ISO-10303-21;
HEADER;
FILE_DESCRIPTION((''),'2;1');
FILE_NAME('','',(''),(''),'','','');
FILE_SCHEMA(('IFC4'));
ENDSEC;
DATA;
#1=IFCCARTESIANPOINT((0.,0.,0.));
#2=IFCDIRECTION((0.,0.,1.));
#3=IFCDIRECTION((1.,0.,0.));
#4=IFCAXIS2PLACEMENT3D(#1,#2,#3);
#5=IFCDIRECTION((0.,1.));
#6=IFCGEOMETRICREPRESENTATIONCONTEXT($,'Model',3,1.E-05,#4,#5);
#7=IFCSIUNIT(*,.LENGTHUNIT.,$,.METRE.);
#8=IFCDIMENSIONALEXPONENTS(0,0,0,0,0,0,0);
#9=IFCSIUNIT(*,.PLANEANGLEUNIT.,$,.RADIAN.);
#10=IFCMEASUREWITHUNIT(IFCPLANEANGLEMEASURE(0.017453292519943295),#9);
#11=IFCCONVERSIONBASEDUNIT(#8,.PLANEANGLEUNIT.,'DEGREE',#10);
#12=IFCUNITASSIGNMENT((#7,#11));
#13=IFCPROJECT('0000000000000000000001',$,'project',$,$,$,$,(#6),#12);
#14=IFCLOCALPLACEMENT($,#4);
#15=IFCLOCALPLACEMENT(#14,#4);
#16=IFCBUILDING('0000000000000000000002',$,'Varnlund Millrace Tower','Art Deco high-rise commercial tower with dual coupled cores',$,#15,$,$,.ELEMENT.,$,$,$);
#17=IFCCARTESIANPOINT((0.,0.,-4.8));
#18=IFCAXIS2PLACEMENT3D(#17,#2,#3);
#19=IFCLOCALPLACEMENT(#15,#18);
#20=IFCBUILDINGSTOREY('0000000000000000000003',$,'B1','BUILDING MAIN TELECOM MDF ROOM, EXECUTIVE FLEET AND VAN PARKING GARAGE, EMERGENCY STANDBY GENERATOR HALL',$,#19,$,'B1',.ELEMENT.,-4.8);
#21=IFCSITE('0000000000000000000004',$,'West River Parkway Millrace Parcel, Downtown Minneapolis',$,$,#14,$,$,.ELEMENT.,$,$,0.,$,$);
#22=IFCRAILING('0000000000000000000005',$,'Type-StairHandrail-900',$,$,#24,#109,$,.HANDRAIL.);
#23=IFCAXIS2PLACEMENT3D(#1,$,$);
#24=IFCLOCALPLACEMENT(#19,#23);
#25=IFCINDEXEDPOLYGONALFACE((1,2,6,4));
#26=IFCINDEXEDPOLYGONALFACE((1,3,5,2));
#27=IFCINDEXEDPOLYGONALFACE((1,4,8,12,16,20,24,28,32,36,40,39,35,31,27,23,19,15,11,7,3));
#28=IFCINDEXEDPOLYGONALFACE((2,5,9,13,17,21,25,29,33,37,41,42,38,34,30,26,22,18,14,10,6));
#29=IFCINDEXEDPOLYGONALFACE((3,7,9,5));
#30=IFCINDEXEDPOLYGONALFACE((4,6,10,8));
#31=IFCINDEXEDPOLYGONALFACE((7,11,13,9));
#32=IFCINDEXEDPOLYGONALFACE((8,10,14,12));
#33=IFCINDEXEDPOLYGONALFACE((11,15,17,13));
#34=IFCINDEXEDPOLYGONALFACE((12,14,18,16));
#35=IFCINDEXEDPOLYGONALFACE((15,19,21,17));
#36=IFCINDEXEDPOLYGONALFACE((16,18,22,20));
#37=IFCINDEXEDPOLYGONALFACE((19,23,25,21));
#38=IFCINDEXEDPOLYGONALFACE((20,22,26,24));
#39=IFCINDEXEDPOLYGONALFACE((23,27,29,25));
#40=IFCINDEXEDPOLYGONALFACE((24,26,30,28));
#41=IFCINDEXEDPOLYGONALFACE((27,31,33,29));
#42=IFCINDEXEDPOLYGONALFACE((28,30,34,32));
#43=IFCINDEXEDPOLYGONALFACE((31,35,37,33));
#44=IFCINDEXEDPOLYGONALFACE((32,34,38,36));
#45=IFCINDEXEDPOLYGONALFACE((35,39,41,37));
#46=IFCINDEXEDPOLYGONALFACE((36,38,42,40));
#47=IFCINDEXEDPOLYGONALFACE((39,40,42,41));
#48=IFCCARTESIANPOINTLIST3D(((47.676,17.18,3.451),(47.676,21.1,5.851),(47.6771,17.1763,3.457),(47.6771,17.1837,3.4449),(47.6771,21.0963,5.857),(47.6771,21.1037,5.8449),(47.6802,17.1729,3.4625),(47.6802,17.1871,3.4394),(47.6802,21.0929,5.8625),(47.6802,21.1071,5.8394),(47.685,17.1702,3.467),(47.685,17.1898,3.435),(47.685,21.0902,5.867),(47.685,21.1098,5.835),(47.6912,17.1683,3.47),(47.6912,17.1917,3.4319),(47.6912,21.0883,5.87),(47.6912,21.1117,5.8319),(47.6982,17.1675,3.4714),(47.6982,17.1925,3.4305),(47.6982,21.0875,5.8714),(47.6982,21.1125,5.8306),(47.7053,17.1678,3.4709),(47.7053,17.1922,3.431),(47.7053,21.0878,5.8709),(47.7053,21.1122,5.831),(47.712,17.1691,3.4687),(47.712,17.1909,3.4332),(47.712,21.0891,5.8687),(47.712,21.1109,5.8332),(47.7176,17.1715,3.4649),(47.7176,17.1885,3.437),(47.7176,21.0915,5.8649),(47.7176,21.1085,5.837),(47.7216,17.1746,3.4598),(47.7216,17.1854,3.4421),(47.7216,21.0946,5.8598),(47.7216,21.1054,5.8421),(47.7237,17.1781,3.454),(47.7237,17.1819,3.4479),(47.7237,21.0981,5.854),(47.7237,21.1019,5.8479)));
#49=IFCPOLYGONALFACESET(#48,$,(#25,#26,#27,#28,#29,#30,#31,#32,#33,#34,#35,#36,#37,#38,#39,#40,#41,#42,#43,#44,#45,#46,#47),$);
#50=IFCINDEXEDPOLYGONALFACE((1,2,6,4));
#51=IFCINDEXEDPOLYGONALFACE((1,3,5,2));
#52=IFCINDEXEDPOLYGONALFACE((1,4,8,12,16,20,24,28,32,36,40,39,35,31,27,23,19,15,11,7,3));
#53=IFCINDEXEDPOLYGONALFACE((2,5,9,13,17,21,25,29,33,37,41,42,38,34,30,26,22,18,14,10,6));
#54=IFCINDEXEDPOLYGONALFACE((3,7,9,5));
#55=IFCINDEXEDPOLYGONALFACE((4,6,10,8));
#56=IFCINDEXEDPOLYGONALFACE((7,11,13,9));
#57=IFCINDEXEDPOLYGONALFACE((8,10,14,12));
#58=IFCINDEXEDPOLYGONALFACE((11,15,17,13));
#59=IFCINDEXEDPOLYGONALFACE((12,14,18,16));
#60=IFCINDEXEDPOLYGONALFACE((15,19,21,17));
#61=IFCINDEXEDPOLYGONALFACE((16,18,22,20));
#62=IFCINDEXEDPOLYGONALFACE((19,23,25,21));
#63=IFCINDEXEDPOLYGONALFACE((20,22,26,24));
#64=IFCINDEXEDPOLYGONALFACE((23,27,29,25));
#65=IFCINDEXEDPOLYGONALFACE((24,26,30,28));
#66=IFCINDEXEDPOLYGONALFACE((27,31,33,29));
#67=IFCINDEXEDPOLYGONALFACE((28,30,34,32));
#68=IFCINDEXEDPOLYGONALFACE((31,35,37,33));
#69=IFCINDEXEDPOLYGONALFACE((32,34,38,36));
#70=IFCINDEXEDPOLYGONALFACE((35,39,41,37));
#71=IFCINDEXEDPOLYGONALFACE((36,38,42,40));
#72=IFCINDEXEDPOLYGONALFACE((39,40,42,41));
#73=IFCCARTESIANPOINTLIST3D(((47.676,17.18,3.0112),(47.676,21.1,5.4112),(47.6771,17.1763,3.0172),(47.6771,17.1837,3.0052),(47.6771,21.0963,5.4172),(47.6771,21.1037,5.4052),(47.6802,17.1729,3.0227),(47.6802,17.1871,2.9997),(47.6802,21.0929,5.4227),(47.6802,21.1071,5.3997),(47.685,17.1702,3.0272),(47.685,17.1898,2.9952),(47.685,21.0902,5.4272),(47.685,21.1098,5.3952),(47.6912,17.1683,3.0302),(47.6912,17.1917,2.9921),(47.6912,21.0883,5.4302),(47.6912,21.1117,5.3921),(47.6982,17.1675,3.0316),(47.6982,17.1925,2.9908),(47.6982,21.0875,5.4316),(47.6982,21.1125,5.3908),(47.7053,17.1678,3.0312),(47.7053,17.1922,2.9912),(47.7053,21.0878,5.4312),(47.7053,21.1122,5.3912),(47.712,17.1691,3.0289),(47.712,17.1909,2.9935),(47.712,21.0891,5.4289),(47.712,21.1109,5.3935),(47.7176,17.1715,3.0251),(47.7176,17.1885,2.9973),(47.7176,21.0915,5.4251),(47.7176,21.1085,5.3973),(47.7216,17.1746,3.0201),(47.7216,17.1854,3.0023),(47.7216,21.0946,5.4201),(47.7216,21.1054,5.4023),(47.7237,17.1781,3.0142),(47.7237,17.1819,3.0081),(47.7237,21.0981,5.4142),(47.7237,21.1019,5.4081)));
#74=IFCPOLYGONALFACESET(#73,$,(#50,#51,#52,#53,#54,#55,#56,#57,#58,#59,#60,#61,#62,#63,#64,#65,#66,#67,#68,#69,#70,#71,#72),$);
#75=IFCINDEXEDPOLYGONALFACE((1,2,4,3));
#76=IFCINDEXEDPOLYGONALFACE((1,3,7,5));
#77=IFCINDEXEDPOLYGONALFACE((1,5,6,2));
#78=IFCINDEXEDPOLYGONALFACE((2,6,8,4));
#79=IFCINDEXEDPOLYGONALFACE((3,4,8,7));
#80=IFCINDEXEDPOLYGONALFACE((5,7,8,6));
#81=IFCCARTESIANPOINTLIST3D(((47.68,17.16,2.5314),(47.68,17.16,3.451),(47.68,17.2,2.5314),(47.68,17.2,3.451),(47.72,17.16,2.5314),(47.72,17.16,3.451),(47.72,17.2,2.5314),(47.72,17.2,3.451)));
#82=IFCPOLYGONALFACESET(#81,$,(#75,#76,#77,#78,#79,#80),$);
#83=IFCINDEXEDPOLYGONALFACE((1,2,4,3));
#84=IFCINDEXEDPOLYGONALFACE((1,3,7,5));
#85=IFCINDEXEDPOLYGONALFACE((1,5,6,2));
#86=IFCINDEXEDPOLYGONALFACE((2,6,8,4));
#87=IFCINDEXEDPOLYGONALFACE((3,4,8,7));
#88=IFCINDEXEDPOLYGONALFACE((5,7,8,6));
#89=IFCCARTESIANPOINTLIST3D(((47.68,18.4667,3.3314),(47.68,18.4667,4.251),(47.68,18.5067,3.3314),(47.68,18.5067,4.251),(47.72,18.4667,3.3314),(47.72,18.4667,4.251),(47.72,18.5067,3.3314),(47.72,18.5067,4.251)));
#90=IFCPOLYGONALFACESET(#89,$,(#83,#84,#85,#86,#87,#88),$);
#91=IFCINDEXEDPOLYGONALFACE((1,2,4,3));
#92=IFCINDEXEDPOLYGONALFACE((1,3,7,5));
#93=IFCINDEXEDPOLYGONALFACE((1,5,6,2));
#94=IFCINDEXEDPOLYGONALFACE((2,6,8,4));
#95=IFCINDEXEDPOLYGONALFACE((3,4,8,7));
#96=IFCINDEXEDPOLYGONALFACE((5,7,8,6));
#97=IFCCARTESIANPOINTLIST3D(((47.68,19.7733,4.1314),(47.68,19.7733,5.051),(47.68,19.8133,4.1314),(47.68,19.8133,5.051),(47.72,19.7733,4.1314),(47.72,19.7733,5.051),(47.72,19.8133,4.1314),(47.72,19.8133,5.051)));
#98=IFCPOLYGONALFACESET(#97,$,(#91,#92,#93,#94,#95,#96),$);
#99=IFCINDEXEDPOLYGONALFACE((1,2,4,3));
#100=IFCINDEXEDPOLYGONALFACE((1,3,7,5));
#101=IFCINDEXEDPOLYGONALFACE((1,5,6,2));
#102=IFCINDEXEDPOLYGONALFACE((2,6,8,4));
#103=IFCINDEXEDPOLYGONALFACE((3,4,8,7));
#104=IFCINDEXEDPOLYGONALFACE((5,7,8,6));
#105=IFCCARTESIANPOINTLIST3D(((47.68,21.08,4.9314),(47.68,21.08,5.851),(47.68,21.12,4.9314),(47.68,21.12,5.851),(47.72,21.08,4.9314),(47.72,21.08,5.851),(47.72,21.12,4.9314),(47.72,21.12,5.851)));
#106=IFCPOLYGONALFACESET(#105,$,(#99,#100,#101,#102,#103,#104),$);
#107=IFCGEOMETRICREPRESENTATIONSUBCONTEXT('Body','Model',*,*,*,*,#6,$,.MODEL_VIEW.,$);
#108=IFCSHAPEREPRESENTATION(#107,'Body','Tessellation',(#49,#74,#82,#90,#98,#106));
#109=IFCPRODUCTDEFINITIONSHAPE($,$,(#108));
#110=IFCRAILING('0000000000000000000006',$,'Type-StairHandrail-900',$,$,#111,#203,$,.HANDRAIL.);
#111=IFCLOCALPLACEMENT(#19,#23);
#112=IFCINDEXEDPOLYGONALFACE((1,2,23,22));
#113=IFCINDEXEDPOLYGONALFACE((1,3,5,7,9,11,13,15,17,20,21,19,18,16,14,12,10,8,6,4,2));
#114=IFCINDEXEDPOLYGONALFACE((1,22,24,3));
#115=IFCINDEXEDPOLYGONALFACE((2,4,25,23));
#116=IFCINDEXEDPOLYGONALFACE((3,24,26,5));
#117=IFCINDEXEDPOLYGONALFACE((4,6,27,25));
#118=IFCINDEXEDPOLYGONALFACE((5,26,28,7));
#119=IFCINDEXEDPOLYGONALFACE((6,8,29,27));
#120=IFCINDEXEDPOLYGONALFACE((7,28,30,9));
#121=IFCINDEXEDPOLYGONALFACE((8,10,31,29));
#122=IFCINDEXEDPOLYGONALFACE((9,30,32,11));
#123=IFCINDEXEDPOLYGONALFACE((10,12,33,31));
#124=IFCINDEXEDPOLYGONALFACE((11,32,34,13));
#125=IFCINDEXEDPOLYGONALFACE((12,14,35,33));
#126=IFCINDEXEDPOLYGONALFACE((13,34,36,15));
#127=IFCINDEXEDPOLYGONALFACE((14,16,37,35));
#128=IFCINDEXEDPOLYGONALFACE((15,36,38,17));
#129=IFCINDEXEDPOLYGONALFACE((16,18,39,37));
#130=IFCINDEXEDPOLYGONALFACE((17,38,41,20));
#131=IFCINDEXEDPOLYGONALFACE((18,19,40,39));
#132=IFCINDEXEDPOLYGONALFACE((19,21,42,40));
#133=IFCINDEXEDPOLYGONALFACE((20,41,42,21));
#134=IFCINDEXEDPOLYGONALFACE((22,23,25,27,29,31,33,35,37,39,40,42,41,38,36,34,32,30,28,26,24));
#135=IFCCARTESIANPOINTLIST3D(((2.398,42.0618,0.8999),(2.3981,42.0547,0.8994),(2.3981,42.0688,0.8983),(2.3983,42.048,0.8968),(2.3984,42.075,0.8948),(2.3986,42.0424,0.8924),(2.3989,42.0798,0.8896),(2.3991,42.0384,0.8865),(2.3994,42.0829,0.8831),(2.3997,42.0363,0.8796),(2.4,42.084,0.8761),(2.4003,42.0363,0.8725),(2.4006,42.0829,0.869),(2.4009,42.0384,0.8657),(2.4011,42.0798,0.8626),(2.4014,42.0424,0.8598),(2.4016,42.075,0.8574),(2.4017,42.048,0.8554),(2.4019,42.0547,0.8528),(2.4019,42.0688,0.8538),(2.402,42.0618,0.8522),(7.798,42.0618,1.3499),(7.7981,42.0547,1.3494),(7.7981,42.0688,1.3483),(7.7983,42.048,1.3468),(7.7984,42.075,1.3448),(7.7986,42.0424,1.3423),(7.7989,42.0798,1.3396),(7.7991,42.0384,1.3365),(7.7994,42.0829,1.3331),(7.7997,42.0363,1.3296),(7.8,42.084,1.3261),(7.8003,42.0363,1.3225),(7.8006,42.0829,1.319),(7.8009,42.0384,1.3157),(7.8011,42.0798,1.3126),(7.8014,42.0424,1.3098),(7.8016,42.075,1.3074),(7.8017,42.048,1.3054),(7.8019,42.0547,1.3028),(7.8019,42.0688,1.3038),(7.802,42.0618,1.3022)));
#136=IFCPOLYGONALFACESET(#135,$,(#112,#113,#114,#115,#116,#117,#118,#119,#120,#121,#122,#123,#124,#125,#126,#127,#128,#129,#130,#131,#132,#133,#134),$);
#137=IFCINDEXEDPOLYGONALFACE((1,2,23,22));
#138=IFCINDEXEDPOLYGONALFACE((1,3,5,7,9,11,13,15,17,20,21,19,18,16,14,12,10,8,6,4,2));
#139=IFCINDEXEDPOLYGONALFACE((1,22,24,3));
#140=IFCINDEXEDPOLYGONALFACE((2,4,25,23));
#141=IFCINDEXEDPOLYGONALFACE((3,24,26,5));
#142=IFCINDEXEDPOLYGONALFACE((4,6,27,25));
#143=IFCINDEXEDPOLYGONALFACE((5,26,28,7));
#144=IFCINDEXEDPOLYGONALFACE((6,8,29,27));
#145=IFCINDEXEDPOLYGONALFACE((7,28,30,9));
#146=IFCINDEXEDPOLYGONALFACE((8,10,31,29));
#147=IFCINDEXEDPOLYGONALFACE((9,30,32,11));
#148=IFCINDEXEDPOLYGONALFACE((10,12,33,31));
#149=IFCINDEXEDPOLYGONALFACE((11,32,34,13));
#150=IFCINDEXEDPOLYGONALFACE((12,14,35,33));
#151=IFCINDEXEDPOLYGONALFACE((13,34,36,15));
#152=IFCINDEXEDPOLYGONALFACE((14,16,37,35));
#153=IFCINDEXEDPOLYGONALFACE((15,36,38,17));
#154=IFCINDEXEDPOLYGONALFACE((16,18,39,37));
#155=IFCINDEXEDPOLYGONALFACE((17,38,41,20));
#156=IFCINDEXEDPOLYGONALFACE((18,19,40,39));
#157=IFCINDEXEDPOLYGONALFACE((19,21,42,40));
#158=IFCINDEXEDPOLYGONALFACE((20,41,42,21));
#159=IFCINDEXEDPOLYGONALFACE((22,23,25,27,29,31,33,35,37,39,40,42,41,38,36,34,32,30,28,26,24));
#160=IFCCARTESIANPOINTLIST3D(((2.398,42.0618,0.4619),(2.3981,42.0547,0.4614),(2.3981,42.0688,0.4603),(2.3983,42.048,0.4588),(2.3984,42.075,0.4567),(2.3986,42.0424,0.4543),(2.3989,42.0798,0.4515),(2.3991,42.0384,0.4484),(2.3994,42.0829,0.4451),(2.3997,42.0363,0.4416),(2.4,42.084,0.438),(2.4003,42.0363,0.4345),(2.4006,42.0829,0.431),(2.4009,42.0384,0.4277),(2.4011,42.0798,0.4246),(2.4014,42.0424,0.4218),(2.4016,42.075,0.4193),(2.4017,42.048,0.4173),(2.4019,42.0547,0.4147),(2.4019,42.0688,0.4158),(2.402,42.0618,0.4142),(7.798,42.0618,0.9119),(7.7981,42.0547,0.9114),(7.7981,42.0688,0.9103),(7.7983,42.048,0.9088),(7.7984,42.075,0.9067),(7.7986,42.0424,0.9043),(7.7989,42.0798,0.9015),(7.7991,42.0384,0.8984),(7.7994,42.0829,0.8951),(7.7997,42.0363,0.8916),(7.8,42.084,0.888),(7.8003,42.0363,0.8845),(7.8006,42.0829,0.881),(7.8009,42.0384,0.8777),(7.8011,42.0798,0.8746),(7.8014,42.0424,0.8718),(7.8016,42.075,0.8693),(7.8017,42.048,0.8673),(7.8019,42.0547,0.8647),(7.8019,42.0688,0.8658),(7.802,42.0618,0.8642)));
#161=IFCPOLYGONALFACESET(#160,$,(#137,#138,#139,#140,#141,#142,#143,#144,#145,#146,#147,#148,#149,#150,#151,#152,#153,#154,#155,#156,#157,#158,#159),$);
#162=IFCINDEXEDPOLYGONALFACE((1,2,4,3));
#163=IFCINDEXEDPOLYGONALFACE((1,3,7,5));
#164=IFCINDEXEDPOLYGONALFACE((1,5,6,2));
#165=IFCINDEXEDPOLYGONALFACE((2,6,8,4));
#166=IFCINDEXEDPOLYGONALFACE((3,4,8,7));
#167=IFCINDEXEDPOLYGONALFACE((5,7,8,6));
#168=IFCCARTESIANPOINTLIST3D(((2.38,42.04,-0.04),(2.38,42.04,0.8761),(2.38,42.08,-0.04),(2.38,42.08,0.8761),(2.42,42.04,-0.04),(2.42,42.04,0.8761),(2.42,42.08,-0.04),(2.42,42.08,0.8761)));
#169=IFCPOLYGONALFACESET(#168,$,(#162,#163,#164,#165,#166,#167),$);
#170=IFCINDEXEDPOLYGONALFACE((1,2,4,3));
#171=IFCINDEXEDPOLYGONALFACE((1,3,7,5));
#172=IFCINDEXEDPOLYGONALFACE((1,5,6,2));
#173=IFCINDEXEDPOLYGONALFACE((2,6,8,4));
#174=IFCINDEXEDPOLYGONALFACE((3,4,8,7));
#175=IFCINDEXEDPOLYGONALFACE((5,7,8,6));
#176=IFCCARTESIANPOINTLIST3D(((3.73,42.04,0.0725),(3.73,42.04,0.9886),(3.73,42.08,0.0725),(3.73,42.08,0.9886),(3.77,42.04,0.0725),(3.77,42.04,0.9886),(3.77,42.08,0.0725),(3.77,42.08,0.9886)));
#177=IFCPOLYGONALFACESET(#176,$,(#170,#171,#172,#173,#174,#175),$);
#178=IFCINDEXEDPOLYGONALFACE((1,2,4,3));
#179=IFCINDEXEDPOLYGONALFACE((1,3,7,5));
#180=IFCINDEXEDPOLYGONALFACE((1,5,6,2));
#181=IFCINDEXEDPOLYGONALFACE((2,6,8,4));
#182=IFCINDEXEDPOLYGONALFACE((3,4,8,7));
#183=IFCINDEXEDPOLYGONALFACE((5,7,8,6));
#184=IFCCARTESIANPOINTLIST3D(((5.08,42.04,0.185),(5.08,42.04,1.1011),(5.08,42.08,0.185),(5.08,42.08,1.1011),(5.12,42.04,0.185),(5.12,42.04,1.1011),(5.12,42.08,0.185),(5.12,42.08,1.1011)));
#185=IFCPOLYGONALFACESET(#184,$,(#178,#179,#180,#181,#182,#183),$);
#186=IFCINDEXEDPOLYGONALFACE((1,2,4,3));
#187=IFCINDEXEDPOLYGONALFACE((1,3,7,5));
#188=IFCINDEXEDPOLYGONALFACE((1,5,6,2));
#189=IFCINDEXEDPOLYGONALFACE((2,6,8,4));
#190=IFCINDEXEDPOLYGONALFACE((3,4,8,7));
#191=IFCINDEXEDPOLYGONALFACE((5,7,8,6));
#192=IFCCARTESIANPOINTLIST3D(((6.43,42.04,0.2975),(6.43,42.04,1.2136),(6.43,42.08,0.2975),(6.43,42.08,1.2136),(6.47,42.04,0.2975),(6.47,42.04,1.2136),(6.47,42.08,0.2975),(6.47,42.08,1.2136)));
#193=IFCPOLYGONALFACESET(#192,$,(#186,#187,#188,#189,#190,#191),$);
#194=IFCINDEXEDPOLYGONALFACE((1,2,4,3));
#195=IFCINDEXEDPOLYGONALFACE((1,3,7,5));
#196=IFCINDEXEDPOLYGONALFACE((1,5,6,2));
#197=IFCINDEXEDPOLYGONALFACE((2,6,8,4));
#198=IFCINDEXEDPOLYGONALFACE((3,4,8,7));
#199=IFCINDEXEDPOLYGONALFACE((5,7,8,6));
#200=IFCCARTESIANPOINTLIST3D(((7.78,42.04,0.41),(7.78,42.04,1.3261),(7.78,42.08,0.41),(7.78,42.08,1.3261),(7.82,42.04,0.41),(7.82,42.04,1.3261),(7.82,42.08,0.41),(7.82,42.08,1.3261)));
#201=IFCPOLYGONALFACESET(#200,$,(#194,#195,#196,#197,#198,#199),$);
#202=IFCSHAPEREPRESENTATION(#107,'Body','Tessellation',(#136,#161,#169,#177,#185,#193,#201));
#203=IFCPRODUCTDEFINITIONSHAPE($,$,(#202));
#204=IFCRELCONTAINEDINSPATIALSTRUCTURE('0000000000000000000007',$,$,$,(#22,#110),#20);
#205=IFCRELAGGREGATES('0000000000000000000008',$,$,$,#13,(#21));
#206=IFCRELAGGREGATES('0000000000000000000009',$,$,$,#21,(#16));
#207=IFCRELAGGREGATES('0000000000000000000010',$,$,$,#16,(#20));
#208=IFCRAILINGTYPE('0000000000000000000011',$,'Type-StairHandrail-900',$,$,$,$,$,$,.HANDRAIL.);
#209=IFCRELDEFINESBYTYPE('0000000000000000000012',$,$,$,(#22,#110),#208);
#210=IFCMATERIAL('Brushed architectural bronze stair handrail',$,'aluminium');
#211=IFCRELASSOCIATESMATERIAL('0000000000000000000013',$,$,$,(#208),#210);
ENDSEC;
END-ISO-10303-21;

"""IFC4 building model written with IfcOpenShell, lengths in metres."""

from ifc_helpers import new_model, entity, si_unit, converted_unit, direction, frame, origin_with_axes, origin_2d_with_axis, place, context, subcontext, project, spatial, rectangle, circle, extrude, material, type_object, element, save


model = new_model("IFC4")

# Units and contexts
model_context = context("Model", 3, precision=1e-05, world=origin_with_axes(), true_north=direction((0.0, 1.0)))
body_context = subcontext(model_context, "Body", "Model", "MODEL_VIEW")
ifc_project = project(units=[si_unit("LENGTHUNIT", "METRE"), converted_unit("PLANEANGLEUNIT", "DEGREE", entity("IfcPlaneAngleMeasure", 0.017453292519943295), si_unit("PLANEANGLEUNIT", "RADIAN"), dimensions=[0, 0, 0, 0, 0, 0, 0])], contexts=[model_context])

# Site, building, storey
site_placement = place(None, origin_with_axes())
site = spatial("IfcSite", under=ifc_project, at=site_placement, Name="West River Parkway Millrace Parcel, Downtown Minneapolis", CompositionType="ELEMENT", RefElevation=0.0)
building_placement = place(site_placement, origin_with_axes())
building = spatial("IfcBuilding", under=site, at=building_placement, Name="Varnlund Millrace Tower", Description="Art Deco high-rise commercial tower with dual coupled cores", CompositionType="ELEMENT")
storey_placement = place(building_placement, frame((0.0, 0.0, -4.8), z_axis=(0.0, 0.0, 1.0), x_axis=(1.0, 0.0, 0.0)))
storey = spatial("IfcBuildingStorey", under=building, at=storey_placement, Name="B1", Description="BUILDING MAIN TELECOM MDF ROOM, EXECUTIVE FLEET AND VAN PARKING GARAGE, EMERGENCY STANDBY GENERATOR HALL", LongName="B1", CompositionType="ELEMENT", Elevation=-4.8)

# Railings
ifc_material_1 = material(Name="Brushed architectural bronze stair handrail", Category="aluminium")
railing_type_1 = type_object("IfcRailingType", Name="Type-StairHandrail-900", PredefinedType="HANDRAIL", material=ifc_material_1)
railing_1_placement = place(storey_placement, frame((0.0, 0.0, 4.8), z_axis=(0.0, 0.0, 1.0), x_axis=(1.0, 0.0, 0.0)))
element("IfcRailing", 1, at=railing_1_placement, inside=storey, type_object=railing_type_1, Name="Type-StairHandrail-900", PredefinedType="HANDRAIL", context=body_context, shape_type="SweptSolid", body=[
    extrude(circle(Radius=0.024, at=origin_2d_with_axis()), frame((47.7, 17.18, -1.349), z_axis=(0.0, 0.852851, 0.522154), x_axis=(-1.0, 0.0, 0.0)), (0.0, 0.0, 1.0), 4.5963),
    extrude(circle(Radius=0.024, at=origin_2d_with_axis()), frame((47.7, 17.18, -1.7888), z_axis=(0.0, 0.852851, 0.522154), x_axis=(-1.0, 0.0, 0.0)), (0.0, 0.0, 1.0), 4.5963),
    extrude(rectangle(XDim=0.04, YDim=0.04, at=origin_2d_with_axis()), frame((47.7, 17.18, -2.2686), z_axis=(0.0, 0.0, 1.0), x_axis=(1.0, 0.0, 0.0)), (0.0, 0.0, 1.0), 0.9195),
    extrude(rectangle(XDim=0.04, YDim=0.04, at=origin_2d_with_axis()), frame((47.7, 18.4867, -1.4686), z_axis=(0.0, 0.0, 1.0), x_axis=(1.0, 0.0, 0.0)), (0.0, 0.0, 1.0), 0.9195),
    extrude(rectangle(XDim=0.04, YDim=0.04, at=origin_2d_with_axis()), frame((47.7, 19.7933, -0.6686), z_axis=(0.0, 0.0, 1.0), x_axis=(1.0, 0.0, 0.0)), (0.0, 0.0, 1.0), 0.9195),
    extrude(rectangle(XDim=0.04, YDim=0.04, at=origin_2d_with_axis()), frame((47.7, 21.1, 0.1314), z_axis=(0.0, 0.0, 1.0), x_axis=(1.0, 0.0, 0.0)), (0.0, 0.0, 1.0), 0.9195),
])
railing_2_placement = place(storey_placement, frame((0.0, 0.0, 4.8), z_axis=(0.0, 0.0, 1.0), x_axis=(1.0, 0.0, 0.0)))
element("IfcRailing", 2, at=railing_2_placement, inside=storey, type_object=railing_type_1, Name="Type-StairHandrail-900", PredefinedType="HANDRAIL", context=body_context, shape_type="SweptSolid", body=[
    extrude(circle(Radius=0.024, at=origin_2d_with_axis()), frame((2.4, 42.06, -3.9239), z_axis=(0.996546, 0.0, 0.083045), x_axis=(0.0, 1.0, 0.0)), (0.0, 0.0, 1.0), 5.4187),
    extrude(circle(Radius=0.024, at=origin_2d_with_axis()), frame((2.4, 42.06, -4.362), z_axis=(0.996546, 0.0, 0.083045), x_axis=(0.0, 1.0, 0.0)), (0.0, 0.0, 1.0), 5.4187),
    extrude(rectangle(XDim=0.04, YDim=0.04, at=origin_2d_with_axis()), frame((2.4, 42.06, -4.84), z_axis=(0.0, 0.0, 1.0), x_axis=(1.0, 0.0, 0.0)), (0.0, 0.0, 1.0), 0.9161),
    extrude(rectangle(XDim=0.04, YDim=0.04, at=origin_2d_with_axis()), frame((3.75, 42.06, -4.7275), z_axis=(0.0, 0.0, 1.0), x_axis=(1.0, 0.0, 0.0)), (0.0, 0.0, 1.0), 0.9161),
    extrude(rectangle(XDim=0.04, YDim=0.04, at=origin_2d_with_axis()), frame((5.1, 42.06, -4.615), z_axis=(0.0, 0.0, 1.0), x_axis=(1.0, 0.0, 0.0)), (0.0, 0.0, 1.0), 0.9161),
    extrude(rectangle(XDim=0.04, YDim=0.04, at=origin_2d_with_axis()), frame((6.45, 42.06, -4.5025), z_axis=(0.0, 0.0, 1.0), x_axis=(1.0, 0.0, 0.0)), (0.0, 0.0, 1.0), 0.9161),
    extrude(rectangle(XDim=0.04, YDim=0.04, at=origin_2d_with_axis()), frame((7.8, 42.06, -4.39), z_axis=(0.0, 0.0, 1.0), x_axis=(1.0, 0.0, 0.0)), (0.0, 0.0, 1.0), 0.9161),
])

save(model, "model.ifc")
